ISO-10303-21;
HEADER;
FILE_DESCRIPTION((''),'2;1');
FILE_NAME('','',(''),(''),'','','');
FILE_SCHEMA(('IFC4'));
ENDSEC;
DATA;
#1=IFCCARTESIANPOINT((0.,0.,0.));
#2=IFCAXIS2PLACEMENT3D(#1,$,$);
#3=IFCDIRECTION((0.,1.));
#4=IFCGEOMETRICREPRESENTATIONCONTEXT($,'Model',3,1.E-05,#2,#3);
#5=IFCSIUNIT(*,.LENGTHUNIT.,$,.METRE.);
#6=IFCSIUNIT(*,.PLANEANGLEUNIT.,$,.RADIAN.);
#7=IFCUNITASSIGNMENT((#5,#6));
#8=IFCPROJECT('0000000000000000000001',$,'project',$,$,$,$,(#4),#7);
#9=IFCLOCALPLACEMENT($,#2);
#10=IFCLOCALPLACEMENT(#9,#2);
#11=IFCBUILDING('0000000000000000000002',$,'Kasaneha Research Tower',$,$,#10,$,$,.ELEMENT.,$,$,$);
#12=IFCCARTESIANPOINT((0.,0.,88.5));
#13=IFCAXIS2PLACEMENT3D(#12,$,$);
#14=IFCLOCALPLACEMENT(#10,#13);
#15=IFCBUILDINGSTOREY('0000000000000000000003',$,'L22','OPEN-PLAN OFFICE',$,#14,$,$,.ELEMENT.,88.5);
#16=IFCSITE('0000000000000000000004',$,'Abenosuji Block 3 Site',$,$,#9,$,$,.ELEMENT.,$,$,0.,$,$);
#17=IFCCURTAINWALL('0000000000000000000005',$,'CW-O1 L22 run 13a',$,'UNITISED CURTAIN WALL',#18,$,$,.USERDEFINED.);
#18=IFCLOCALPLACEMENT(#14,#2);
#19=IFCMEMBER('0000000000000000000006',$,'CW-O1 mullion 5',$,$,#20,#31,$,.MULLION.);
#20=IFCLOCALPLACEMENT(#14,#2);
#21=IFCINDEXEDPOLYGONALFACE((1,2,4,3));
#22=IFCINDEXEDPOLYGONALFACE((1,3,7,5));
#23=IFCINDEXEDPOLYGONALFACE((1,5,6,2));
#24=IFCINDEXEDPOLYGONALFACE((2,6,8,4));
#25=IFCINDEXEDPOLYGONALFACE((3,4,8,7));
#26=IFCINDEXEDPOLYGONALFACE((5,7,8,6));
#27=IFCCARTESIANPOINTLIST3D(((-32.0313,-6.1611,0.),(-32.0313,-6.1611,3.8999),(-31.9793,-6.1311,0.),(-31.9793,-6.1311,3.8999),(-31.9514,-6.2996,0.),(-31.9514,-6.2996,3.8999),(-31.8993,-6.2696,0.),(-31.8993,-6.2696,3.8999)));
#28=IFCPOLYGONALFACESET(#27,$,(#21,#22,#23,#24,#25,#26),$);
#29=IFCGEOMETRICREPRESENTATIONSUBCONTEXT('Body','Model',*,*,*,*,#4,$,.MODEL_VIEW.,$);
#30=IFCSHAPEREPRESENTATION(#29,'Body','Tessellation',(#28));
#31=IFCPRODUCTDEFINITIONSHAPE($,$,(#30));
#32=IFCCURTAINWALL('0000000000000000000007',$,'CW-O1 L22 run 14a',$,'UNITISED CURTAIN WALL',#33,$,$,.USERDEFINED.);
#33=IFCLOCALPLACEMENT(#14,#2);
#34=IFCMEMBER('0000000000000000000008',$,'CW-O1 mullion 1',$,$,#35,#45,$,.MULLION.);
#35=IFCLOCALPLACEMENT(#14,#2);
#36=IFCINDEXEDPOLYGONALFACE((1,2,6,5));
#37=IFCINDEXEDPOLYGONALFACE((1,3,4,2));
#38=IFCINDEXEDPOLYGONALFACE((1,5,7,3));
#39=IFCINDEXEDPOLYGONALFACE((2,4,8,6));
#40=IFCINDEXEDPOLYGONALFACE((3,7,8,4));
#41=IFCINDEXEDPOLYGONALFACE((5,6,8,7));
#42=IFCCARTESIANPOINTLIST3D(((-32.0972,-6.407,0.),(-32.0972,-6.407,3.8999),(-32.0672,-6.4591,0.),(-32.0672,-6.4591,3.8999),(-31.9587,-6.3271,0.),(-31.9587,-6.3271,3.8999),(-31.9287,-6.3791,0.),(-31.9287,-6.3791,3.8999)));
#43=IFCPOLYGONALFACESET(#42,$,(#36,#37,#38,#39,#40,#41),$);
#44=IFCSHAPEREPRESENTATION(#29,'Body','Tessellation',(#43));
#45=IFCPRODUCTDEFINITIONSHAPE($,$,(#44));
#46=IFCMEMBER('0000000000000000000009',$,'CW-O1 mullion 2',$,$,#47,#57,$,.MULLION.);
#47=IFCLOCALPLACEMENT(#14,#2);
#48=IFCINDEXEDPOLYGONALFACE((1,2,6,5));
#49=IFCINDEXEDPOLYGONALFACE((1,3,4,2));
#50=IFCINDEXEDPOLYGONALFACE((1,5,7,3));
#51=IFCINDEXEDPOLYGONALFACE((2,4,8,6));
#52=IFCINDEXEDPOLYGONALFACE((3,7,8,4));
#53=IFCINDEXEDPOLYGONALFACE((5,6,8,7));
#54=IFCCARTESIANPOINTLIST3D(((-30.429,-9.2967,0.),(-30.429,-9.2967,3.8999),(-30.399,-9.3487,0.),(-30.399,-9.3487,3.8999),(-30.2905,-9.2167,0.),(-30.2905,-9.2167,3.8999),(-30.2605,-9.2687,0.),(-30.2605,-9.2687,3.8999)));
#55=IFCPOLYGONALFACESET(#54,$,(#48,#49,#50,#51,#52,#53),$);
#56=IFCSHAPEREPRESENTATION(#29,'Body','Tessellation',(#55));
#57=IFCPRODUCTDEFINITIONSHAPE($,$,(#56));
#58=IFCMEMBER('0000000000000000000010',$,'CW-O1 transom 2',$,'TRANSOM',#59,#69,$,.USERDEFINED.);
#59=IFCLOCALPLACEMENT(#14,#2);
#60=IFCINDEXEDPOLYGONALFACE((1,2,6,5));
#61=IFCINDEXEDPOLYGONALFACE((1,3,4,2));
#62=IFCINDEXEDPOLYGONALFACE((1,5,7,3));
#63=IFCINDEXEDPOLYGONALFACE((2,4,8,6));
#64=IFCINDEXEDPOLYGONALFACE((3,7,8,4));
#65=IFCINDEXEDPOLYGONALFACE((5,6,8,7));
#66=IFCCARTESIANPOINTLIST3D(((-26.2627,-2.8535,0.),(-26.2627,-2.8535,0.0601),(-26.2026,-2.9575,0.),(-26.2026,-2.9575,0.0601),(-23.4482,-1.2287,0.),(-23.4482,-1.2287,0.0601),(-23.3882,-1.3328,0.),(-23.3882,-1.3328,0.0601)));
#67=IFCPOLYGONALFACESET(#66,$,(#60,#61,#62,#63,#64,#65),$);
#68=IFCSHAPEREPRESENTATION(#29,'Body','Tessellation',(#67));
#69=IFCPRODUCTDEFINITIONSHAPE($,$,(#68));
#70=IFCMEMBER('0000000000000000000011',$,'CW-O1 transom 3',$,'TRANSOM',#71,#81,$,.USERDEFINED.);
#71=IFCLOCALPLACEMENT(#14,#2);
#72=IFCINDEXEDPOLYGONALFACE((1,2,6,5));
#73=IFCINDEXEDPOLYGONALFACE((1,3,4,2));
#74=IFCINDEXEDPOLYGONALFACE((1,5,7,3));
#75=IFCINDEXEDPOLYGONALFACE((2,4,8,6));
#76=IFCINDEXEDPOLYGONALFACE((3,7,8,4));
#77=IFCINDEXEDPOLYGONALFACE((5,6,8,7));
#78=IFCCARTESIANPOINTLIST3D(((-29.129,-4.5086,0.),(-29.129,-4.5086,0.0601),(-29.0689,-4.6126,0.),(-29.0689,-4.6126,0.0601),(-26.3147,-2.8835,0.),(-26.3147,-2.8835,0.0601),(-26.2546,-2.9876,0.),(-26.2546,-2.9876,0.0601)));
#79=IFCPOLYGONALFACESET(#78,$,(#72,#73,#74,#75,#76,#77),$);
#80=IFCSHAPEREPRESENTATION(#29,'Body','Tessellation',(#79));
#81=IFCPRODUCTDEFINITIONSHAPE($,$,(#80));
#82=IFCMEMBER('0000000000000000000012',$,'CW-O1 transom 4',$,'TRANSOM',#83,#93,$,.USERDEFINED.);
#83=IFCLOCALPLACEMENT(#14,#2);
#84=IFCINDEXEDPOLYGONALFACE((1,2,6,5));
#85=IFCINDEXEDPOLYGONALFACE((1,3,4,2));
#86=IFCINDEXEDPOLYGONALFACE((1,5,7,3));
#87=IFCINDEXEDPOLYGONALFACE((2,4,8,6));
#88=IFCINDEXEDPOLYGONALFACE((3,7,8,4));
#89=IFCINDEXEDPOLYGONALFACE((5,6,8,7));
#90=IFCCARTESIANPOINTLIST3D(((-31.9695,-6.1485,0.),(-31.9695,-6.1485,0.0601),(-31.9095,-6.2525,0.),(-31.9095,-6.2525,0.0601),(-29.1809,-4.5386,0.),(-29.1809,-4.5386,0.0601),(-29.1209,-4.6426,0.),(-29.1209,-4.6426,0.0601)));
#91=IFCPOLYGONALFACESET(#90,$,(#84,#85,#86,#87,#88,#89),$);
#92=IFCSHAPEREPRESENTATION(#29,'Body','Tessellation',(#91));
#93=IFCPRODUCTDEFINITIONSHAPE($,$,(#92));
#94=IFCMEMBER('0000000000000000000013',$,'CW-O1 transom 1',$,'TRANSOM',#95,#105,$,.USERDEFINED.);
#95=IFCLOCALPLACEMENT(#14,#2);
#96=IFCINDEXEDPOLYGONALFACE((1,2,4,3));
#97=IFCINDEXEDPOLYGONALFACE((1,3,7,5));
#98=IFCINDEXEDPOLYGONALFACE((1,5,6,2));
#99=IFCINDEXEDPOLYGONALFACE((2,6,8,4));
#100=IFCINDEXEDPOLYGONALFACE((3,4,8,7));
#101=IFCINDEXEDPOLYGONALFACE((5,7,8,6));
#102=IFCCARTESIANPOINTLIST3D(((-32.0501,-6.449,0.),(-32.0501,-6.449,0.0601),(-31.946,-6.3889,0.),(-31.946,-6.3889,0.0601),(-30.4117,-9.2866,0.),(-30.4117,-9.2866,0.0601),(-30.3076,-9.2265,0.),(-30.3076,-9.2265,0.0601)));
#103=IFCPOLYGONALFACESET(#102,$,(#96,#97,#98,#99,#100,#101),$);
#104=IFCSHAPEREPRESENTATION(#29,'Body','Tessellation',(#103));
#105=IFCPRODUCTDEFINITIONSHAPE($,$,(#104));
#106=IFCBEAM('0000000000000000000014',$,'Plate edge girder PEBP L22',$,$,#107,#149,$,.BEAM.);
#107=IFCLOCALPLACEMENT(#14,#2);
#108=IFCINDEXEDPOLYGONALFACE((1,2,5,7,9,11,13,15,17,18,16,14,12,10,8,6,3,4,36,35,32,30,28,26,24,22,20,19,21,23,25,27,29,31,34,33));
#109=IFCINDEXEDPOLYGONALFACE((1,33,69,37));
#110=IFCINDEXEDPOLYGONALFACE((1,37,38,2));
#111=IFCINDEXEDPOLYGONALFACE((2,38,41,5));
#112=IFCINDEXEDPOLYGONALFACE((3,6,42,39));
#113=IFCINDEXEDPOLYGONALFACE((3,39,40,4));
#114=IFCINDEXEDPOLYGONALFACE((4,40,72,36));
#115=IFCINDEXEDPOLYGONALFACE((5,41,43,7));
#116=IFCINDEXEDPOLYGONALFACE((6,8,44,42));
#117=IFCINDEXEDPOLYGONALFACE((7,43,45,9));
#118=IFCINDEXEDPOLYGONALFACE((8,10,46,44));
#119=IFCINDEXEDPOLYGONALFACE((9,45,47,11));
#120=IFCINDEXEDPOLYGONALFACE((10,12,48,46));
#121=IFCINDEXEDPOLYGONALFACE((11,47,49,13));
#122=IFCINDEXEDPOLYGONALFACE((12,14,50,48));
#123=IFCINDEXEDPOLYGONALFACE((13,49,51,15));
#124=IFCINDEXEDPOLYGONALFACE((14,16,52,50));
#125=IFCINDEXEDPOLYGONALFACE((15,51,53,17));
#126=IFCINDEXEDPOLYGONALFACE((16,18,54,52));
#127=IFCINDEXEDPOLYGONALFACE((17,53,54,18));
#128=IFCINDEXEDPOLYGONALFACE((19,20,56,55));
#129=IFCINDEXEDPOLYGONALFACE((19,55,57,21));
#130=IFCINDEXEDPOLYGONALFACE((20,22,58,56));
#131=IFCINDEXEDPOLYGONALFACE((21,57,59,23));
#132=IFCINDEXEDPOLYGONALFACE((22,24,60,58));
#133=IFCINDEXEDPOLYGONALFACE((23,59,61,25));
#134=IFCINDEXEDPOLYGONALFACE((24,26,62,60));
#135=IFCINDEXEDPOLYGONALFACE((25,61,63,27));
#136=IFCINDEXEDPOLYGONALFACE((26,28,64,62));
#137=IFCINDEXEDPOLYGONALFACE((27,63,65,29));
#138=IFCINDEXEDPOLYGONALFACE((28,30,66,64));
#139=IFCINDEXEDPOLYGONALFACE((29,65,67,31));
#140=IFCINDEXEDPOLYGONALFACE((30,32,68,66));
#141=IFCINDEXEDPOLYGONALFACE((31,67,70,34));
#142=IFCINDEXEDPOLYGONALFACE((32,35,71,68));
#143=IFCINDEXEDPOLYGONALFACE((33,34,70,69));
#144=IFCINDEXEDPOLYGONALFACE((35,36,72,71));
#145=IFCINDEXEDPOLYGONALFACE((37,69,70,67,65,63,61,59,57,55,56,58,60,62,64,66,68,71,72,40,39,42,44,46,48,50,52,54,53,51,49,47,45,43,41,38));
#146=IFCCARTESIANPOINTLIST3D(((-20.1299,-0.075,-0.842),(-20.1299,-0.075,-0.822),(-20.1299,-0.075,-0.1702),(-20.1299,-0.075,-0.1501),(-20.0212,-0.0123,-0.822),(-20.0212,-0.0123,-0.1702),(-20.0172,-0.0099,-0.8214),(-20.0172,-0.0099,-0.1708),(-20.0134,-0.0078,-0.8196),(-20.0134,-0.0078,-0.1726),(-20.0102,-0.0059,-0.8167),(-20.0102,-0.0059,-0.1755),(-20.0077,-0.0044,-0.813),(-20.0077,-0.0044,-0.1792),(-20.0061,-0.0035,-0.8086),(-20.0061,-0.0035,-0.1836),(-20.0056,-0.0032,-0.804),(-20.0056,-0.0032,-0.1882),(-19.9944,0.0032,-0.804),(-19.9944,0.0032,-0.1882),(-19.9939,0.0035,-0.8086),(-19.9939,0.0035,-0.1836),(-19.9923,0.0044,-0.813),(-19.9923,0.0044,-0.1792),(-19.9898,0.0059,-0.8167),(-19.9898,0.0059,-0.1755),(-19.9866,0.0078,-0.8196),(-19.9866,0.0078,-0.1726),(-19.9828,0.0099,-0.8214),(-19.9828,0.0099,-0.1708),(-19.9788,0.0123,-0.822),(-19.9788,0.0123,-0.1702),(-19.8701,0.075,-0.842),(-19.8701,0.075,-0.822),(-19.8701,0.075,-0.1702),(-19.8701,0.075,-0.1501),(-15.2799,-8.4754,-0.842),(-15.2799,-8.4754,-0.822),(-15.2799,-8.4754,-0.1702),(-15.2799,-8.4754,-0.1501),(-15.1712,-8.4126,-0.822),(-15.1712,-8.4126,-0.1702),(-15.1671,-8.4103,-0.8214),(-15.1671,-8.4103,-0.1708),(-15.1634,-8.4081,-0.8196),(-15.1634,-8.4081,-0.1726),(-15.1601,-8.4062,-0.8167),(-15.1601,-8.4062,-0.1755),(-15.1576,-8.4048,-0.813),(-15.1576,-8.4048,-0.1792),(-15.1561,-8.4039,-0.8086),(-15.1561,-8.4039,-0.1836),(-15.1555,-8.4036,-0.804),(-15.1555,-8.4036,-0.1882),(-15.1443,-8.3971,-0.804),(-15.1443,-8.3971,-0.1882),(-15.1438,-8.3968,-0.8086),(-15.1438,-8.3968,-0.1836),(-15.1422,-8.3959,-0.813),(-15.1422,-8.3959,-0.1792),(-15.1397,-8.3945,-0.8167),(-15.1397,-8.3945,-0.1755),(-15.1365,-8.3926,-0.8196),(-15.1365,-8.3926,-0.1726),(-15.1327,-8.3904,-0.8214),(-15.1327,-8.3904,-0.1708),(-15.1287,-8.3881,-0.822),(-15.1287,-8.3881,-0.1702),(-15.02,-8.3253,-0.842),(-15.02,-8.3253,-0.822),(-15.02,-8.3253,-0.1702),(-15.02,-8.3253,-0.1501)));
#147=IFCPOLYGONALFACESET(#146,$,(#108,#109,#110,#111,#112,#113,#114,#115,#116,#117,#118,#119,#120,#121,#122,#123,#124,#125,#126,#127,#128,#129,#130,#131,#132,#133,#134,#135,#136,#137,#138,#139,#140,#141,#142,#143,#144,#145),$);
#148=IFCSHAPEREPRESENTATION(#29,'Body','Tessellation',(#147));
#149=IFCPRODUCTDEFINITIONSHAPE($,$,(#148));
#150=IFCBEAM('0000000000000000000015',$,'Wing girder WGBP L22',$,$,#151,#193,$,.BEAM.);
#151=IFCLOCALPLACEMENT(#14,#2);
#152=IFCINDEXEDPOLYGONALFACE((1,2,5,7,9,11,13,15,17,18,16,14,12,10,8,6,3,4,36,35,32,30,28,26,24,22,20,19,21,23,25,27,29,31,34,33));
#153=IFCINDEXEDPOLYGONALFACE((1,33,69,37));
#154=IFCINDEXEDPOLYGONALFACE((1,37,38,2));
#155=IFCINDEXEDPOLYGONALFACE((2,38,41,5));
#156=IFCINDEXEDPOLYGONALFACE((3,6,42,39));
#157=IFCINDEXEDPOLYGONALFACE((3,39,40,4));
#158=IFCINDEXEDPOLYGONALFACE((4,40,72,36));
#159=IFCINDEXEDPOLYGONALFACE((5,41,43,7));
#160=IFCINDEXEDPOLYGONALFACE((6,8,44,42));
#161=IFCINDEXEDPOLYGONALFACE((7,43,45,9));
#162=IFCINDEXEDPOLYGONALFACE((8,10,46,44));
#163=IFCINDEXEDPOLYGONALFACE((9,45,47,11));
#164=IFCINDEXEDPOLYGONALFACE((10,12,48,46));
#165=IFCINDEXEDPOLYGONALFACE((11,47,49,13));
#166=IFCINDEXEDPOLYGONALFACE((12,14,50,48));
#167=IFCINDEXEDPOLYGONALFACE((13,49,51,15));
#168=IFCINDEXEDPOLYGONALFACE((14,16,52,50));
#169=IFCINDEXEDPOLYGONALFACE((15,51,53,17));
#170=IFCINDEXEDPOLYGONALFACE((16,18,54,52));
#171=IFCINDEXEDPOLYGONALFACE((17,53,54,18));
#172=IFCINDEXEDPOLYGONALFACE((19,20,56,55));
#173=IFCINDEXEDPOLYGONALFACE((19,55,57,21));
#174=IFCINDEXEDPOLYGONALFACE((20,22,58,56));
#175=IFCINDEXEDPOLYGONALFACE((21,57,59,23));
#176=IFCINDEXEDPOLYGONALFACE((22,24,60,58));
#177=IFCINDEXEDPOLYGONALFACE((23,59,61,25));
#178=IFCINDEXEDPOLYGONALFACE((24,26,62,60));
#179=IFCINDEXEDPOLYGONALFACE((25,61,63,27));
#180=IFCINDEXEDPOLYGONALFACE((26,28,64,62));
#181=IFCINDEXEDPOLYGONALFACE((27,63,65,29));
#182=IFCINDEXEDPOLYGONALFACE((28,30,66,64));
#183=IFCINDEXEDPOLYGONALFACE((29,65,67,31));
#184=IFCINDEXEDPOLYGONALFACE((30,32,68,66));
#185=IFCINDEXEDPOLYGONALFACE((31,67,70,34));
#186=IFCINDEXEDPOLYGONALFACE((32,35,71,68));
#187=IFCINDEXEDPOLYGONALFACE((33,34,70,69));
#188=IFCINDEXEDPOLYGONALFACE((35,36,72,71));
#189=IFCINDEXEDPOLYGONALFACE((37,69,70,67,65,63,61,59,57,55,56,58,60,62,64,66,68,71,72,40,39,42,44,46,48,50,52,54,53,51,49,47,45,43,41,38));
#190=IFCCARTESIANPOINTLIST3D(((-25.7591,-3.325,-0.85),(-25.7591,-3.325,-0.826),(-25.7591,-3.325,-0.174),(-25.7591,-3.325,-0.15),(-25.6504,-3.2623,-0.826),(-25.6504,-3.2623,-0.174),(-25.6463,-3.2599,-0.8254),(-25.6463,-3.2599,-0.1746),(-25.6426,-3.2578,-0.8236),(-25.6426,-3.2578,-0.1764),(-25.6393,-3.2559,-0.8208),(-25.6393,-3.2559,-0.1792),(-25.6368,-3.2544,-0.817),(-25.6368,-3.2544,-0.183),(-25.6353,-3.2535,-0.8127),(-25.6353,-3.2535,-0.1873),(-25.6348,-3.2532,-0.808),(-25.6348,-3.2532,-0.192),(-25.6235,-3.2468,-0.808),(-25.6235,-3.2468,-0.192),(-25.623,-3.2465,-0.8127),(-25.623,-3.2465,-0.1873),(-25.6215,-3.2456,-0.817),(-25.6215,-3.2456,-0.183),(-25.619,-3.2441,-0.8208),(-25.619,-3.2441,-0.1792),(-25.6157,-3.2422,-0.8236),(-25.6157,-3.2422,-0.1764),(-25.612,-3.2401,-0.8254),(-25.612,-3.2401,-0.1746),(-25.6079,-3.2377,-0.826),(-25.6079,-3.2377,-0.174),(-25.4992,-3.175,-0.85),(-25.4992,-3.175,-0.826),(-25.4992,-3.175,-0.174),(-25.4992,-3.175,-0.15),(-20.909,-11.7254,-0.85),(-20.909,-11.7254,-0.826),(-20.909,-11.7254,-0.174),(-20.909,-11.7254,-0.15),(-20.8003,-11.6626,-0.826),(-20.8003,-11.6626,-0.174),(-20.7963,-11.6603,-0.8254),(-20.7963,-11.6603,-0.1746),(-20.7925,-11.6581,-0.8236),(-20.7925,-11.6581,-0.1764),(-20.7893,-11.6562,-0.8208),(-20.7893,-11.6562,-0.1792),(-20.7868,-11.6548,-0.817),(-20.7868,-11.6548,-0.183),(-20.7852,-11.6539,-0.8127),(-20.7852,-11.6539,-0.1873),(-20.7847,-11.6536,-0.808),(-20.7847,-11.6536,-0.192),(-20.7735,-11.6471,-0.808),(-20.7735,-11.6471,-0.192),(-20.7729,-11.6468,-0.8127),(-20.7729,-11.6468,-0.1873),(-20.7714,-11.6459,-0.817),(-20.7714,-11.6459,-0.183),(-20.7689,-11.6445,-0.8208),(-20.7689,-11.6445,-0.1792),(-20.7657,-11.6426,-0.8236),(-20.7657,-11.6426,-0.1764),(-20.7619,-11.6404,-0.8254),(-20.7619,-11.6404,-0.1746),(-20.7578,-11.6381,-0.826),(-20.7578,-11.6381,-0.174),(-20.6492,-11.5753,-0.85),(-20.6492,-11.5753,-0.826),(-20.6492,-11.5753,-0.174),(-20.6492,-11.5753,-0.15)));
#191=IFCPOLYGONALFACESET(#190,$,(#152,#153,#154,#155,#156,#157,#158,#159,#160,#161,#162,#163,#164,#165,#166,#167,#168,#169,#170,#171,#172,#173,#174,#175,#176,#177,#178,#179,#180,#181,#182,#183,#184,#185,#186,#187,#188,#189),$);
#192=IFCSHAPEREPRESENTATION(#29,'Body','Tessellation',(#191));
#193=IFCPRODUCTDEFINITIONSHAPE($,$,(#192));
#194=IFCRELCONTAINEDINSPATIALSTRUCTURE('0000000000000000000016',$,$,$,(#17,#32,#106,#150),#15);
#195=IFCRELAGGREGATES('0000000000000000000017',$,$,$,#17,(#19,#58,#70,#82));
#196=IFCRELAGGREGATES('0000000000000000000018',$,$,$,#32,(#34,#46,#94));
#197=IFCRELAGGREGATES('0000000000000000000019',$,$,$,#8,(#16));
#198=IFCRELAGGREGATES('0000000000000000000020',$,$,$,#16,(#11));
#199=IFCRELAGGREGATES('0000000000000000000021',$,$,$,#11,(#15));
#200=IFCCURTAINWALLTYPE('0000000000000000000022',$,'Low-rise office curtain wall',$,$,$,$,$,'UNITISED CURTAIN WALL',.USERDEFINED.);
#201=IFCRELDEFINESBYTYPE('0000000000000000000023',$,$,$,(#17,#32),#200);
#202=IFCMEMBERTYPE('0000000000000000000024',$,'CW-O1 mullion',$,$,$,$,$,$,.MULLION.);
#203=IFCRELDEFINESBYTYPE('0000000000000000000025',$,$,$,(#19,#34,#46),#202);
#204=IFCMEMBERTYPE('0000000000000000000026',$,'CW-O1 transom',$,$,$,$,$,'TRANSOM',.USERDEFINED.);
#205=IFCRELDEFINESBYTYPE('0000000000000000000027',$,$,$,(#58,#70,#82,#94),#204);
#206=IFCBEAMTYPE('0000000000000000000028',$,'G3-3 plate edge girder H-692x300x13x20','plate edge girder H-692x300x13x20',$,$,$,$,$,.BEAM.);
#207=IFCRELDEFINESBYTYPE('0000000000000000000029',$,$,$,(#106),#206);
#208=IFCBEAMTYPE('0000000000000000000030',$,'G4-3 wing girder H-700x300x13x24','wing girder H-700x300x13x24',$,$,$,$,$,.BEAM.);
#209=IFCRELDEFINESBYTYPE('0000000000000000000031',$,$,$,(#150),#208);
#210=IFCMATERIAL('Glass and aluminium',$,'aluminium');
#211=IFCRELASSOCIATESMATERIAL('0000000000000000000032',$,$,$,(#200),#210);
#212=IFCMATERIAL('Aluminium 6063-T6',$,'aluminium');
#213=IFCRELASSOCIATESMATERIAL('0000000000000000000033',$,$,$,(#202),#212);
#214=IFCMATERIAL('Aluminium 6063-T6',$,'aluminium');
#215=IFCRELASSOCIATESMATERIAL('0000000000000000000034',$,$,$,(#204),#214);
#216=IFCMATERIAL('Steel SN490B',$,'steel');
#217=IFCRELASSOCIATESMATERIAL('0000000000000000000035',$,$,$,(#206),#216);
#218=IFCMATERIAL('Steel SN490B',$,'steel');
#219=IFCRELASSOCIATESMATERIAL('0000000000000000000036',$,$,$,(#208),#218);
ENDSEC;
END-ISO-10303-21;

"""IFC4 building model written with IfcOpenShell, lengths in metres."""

from ifc_helpers import new_model, si_unit, direction, frame, origin, origin_2d, place, context, subcontext, project, spatial, rectangle, i_section, extrude, material, material_profile, profile_set, type_object, element, aggregate, save


model = new_model("IFC4")

# Units and contexts
model_context = context("Model", 3, precision=1e-05, world=origin(), true_north=direction((0.0, 1.0)))
body_context = subcontext(model_context, "Body", "Model", "MODEL_VIEW")
ifc_project = project(units=[si_unit("LENGTHUNIT", "METRE"), si_unit("PLANEANGLEUNIT", "RADIAN")], contexts=[model_context])

# Site, building, storey
site_placement = place(None, origin())
site = spatial("IfcSite", under=ifc_project, at=site_placement, Name="Abenosuji Block 3 Site", CompositionType="ELEMENT", RefElevation=0.0)
building_placement = place(site_placement, origin())
building = spatial("IfcBuilding", under=site, at=building_placement, Name="Kasaneha Research Tower", CompositionType="ELEMENT")
storey_placement = place(building_placement, frame((0.0, 0.0, 88.5)))
storey = spatial("IfcBuildingStorey", under=building, at=storey_placement, Name="L22", Description="OPEN-PLAN OFFICE", CompositionType="ELEMENT", Elevation=88.5)

# Curtain walls, members
ifc_material_1 = material(Name="Glass and aluminium", Category="aluminium")
curtain_wall_type = type_object("IfcCurtainWallType", Name="Low-rise office curtain wall", ElementType="UNITISED CURTAIN WALL", PredefinedType="USERDEFINED", material=ifc_material_1)
curtain_wall_1_placement = place(storey_placement, origin())
curtain_wall_1 = element("IfcCurtainWall", 1, at=curtain_wall_1_placement, inside=storey, type_object=curtain_wall_type, Name="CW-O1 L22 run 13a", ObjectType="UNITISED CURTAIN WALL", PredefinedType="USERDEFINED")
ifc_material_2 = material(Name="Aluminium 6063-T6", Category="aluminium")
ifc_material_profile_1 = material_profile(ifc_material_2, rectangle(XDim=0.0601, YDim=0.1599, at=origin_2d()), Name="CW-O1 mullion 60x160")
ifc_profile_set_1 = profile_set([ifc_material_profile_1], Name="Aluminium 6063-T6")
member_type_1 = type_object("IfcMemberType", Name="CW-O1 mullion", PredefinedType="MULLION", material=ifc_profile_set_1)
member_1_placement = place(storey_placement, frame((-31.9653, -6.2153, 0.0), z_axis=(0.0, 0.0, 1.0), x_axis=(-0.866025, -0.5, 0.0)))
member_1 = element("IfcMember", 2, at=member_1_placement, type_object=member_type_1, Name="CW-O1 mullion 5", PredefinedType="MULLION", context=body_context, shape_type="SweptSolid", body=[
    extrude(rectangle(XDim=0.0601, YDim=0.1599, at=origin_2d()), origin(), (0.0, 0.0, 1.0), 3.8999),
])
curtain_wall_2_placement = place(storey_placement, origin())
curtain_wall_2 = element("IfcCurtainWall", 3, at=curtain_wall_2_placement, inside=storey, type_object=curtain_wall_type, Name="CW-O1 L22 run 14a", ObjectType="UNITISED CURTAIN WALL", PredefinedType="USERDEFINED")
member_2_placement = place(storey_placement, frame((-32.0129, -6.3931, 0.0), z_axis=(0.0, 0.0, 1.0), x_axis=(0.5, -0.866025, 0.0)))
member_2 = element("IfcMember", 4, at=member_2_placement, type_object=member_type_1, Name="CW-O1 mullion 1", PredefinedType="MULLION", context=body_context, shape_type="SweptSolid", body=[
    extrude(rectangle(XDim=0.0601, YDim=0.1599, at=origin_2d()), origin(), (0.0, 0.0, 1.0), 3.8999),
])
member_3_placement = place(storey_placement, frame((-30.3447, -9.2827, 0.0), z_axis=(0.0, 0.0, 1.0), x_axis=(0.5, -0.866025, 0.0)))
member_3 = element("IfcMember", 5, at=member_3_placement, type_object=member_type_1, Name="CW-O1 mullion 2", PredefinedType="MULLION", context=body_context, shape_type="SweptSolid", body=[
    extrude(rectangle(XDim=0.0601, YDim=0.1599, at=origin_2d()), origin(), (0.0, 0.0, 1.0), 3.8999),
])

# Members
ifc_material_3 = material(Name="Aluminium 6063-T6", Category="aluminium")
ifc_material_profile_2 = material_profile(ifc_material_3, rectangle(XDim=0.1201, YDim=0.0601, at=origin_2d()), Name="CW-O1 transom 120x60")
ifc_profile_set_2 = profile_set([ifc_material_profile_2], Name="Aluminium 6063-T6")
member_type_2 = type_object("IfcMemberType", Name="CW-O1 transom", ElementType="TRANSOM", PredefinedType="USERDEFINED", material=ifc_profile_set_2)
member_4_placement = place(storey_placement, frame((-23.4182, -1.2808, 0.03), z_axis=(-0.866048, -0.499961, 0.0), x_axis=(0.499961, -0.866048, 0.0)))
member_4 = element("IfcMember", 6, at=member_4_placement, type_object=member_type_2, Name="CW-O1 transom 2", ObjectType="TRANSOM", PredefinedType="USERDEFINED", context=body_context, shape_type="SweptSolid", body=[
    extrude(rectangle(XDim=0.1201, YDim=0.0601, at=origin_2d()), origin(), (0.0, 0.0, 1.0), 3.2498),
])
member_5_placement = place(storey_placement, frame((-26.2847, -2.9355, 0.03), z_axis=(-0.865997, -0.50005, 0.0), x_axis=(0.50005, -0.865997, 0.0)))
member_5 = element("IfcMember", 7, at=member_5_placement, type_object=member_type_2, Name="CW-O1 transom 3", ObjectType="TRANSOM", PredefinedType="USERDEFINED", context=body_context, shape_type="SweptSolid", body=[
    extrude(rectangle(XDim=0.1201, YDim=0.0601, at=origin_2d()), origin(), (0.0, 0.0, 1.0), 3.2498),
])
member_6_placement = place(storey_placement, frame((-29.1509, -4.5906, 0.03), z_axis=(-0.866042, -0.499972, 0.0), x_axis=(0.499972, -0.866042, 0.0)))
member_6 = element("IfcMember", 8, at=member_6_placement, type_object=member_type_2, Name="CW-O1 transom 4", ObjectType="TRANSOM", PredefinedType="USERDEFINED", context=body_context, shape_type="SweptSolid", body=[
    extrude(rectangle(XDim=0.1201, YDim=0.0601, at=origin_2d()), origin(), (0.0, 0.0, 1.0), 3.22),
])
member_7_placement = place(storey_placement, frame((-31.998, -6.4189, 0.03), z_axis=(0.500026, -0.866011, 0.0), x_axis=(0.866011, 0.500026, 0.0)))
member_7 = element("IfcMember", 9, at=member_7_placement, type_object=member_type_2, Name="CW-O1 transom 1", ObjectType="TRANSOM", PredefinedType="USERDEFINED", context=body_context, shape_type="SweptSolid", body=[
    extrude(rectangle(XDim=0.1201, YDim=0.0601, at=origin_2d()), origin(), (0.0, 0.0, 1.0), 3.2766),
])

# Beams
ifc_material_4 = material(Name="Steel SN490B", Category="steel")
ifc_material_profile_3 = material_profile(ifc_material_4, i_section(OverallWidth=0.3, OverallDepth=0.6919, WebThickness=0.0129, FlangeThickness=0.02, FilletRadius=0.0181, at=origin_2d()), Name="H-692x300x13x20")
ifc_profile_set_3 = profile_set([ifc_material_profile_3], Name="Steel SN490B")
beam_type_1 = type_object("IfcBeamType", Name="G3-3 plate edge girder H-692x300x13x20", Description="plate edge girder H-692x300x13x20", PredefinedType="BEAM", material=ifc_profile_set_3)
beam_1_placement = place(storey_placement, frame((-20.0, 0.0, -0.4961), z_axis=(0.50001, -0.86602, 0.0), x_axis=(0.86602, 0.50001, 0.0)))
element("IfcBeam", 10, at=beam_1_placement, inside=storey, type_object=beam_type_1, Name="Plate edge girder PEBP L22", PredefinedType="BEAM", context=body_context, shape_type="SweptSolid", body=[
    extrude(i_section(OverallWidth=0.3, OverallDepth=0.6919, WebThickness=0.0129, FlangeThickness=0.02, FilletRadius=0.0181, at=origin_2d()), origin(), (0.0, 0.0, 1.0), 9.7),
])
ifc_material_5 = material(Name="Steel SN490B", Category="steel")
ifc_material_profile_4 = material_profile(ifc_material_5, i_section(OverallWidth=0.3, OverallDepth=0.7, WebThickness=0.0129, FlangeThickness=0.0239, FilletRadius=0.0181, at=origin_2d()), Name="H-700x300x13x24")
ifc_profile_set_4 = profile_set([ifc_material_profile_4], Name="Steel SN490B")
beam_type_2 = type_object("IfcBeamType", Name="G4-3 wing girder H-700x300x13x24", Description="wing girder H-700x300x13x24", PredefinedType="BEAM", material=ifc_profile_set_4)
beam_2_placement = place(storey_placement, frame((-25.6292, -3.25, -0.5), z_axis=(0.50001, -0.86602, 0.0), x_axis=(0.86602, 0.50001, 0.0)))
element("IfcBeam", 11, at=beam_2_placement, inside=storey, type_object=beam_type_2, Name="Wing girder WGBP L22", PredefinedType="BEAM", context=body_context, shape_type="SweptSolid", body=[
    extrude(i_section(OverallWidth=0.3, OverallDepth=0.7, WebThickness=0.0129, FlangeThickness=0.0239, FilletRadius=0.0181, at=origin_2d()), origin(), (0.0, 0.0, 1.0), 9.7),
])

aggregate(curtain_wall_1, [member_1, member_4, member_5, member_6])
aggregate(curtain_wall_2, [member_2, member_3, member_7])

save(model, "model.ifc")
